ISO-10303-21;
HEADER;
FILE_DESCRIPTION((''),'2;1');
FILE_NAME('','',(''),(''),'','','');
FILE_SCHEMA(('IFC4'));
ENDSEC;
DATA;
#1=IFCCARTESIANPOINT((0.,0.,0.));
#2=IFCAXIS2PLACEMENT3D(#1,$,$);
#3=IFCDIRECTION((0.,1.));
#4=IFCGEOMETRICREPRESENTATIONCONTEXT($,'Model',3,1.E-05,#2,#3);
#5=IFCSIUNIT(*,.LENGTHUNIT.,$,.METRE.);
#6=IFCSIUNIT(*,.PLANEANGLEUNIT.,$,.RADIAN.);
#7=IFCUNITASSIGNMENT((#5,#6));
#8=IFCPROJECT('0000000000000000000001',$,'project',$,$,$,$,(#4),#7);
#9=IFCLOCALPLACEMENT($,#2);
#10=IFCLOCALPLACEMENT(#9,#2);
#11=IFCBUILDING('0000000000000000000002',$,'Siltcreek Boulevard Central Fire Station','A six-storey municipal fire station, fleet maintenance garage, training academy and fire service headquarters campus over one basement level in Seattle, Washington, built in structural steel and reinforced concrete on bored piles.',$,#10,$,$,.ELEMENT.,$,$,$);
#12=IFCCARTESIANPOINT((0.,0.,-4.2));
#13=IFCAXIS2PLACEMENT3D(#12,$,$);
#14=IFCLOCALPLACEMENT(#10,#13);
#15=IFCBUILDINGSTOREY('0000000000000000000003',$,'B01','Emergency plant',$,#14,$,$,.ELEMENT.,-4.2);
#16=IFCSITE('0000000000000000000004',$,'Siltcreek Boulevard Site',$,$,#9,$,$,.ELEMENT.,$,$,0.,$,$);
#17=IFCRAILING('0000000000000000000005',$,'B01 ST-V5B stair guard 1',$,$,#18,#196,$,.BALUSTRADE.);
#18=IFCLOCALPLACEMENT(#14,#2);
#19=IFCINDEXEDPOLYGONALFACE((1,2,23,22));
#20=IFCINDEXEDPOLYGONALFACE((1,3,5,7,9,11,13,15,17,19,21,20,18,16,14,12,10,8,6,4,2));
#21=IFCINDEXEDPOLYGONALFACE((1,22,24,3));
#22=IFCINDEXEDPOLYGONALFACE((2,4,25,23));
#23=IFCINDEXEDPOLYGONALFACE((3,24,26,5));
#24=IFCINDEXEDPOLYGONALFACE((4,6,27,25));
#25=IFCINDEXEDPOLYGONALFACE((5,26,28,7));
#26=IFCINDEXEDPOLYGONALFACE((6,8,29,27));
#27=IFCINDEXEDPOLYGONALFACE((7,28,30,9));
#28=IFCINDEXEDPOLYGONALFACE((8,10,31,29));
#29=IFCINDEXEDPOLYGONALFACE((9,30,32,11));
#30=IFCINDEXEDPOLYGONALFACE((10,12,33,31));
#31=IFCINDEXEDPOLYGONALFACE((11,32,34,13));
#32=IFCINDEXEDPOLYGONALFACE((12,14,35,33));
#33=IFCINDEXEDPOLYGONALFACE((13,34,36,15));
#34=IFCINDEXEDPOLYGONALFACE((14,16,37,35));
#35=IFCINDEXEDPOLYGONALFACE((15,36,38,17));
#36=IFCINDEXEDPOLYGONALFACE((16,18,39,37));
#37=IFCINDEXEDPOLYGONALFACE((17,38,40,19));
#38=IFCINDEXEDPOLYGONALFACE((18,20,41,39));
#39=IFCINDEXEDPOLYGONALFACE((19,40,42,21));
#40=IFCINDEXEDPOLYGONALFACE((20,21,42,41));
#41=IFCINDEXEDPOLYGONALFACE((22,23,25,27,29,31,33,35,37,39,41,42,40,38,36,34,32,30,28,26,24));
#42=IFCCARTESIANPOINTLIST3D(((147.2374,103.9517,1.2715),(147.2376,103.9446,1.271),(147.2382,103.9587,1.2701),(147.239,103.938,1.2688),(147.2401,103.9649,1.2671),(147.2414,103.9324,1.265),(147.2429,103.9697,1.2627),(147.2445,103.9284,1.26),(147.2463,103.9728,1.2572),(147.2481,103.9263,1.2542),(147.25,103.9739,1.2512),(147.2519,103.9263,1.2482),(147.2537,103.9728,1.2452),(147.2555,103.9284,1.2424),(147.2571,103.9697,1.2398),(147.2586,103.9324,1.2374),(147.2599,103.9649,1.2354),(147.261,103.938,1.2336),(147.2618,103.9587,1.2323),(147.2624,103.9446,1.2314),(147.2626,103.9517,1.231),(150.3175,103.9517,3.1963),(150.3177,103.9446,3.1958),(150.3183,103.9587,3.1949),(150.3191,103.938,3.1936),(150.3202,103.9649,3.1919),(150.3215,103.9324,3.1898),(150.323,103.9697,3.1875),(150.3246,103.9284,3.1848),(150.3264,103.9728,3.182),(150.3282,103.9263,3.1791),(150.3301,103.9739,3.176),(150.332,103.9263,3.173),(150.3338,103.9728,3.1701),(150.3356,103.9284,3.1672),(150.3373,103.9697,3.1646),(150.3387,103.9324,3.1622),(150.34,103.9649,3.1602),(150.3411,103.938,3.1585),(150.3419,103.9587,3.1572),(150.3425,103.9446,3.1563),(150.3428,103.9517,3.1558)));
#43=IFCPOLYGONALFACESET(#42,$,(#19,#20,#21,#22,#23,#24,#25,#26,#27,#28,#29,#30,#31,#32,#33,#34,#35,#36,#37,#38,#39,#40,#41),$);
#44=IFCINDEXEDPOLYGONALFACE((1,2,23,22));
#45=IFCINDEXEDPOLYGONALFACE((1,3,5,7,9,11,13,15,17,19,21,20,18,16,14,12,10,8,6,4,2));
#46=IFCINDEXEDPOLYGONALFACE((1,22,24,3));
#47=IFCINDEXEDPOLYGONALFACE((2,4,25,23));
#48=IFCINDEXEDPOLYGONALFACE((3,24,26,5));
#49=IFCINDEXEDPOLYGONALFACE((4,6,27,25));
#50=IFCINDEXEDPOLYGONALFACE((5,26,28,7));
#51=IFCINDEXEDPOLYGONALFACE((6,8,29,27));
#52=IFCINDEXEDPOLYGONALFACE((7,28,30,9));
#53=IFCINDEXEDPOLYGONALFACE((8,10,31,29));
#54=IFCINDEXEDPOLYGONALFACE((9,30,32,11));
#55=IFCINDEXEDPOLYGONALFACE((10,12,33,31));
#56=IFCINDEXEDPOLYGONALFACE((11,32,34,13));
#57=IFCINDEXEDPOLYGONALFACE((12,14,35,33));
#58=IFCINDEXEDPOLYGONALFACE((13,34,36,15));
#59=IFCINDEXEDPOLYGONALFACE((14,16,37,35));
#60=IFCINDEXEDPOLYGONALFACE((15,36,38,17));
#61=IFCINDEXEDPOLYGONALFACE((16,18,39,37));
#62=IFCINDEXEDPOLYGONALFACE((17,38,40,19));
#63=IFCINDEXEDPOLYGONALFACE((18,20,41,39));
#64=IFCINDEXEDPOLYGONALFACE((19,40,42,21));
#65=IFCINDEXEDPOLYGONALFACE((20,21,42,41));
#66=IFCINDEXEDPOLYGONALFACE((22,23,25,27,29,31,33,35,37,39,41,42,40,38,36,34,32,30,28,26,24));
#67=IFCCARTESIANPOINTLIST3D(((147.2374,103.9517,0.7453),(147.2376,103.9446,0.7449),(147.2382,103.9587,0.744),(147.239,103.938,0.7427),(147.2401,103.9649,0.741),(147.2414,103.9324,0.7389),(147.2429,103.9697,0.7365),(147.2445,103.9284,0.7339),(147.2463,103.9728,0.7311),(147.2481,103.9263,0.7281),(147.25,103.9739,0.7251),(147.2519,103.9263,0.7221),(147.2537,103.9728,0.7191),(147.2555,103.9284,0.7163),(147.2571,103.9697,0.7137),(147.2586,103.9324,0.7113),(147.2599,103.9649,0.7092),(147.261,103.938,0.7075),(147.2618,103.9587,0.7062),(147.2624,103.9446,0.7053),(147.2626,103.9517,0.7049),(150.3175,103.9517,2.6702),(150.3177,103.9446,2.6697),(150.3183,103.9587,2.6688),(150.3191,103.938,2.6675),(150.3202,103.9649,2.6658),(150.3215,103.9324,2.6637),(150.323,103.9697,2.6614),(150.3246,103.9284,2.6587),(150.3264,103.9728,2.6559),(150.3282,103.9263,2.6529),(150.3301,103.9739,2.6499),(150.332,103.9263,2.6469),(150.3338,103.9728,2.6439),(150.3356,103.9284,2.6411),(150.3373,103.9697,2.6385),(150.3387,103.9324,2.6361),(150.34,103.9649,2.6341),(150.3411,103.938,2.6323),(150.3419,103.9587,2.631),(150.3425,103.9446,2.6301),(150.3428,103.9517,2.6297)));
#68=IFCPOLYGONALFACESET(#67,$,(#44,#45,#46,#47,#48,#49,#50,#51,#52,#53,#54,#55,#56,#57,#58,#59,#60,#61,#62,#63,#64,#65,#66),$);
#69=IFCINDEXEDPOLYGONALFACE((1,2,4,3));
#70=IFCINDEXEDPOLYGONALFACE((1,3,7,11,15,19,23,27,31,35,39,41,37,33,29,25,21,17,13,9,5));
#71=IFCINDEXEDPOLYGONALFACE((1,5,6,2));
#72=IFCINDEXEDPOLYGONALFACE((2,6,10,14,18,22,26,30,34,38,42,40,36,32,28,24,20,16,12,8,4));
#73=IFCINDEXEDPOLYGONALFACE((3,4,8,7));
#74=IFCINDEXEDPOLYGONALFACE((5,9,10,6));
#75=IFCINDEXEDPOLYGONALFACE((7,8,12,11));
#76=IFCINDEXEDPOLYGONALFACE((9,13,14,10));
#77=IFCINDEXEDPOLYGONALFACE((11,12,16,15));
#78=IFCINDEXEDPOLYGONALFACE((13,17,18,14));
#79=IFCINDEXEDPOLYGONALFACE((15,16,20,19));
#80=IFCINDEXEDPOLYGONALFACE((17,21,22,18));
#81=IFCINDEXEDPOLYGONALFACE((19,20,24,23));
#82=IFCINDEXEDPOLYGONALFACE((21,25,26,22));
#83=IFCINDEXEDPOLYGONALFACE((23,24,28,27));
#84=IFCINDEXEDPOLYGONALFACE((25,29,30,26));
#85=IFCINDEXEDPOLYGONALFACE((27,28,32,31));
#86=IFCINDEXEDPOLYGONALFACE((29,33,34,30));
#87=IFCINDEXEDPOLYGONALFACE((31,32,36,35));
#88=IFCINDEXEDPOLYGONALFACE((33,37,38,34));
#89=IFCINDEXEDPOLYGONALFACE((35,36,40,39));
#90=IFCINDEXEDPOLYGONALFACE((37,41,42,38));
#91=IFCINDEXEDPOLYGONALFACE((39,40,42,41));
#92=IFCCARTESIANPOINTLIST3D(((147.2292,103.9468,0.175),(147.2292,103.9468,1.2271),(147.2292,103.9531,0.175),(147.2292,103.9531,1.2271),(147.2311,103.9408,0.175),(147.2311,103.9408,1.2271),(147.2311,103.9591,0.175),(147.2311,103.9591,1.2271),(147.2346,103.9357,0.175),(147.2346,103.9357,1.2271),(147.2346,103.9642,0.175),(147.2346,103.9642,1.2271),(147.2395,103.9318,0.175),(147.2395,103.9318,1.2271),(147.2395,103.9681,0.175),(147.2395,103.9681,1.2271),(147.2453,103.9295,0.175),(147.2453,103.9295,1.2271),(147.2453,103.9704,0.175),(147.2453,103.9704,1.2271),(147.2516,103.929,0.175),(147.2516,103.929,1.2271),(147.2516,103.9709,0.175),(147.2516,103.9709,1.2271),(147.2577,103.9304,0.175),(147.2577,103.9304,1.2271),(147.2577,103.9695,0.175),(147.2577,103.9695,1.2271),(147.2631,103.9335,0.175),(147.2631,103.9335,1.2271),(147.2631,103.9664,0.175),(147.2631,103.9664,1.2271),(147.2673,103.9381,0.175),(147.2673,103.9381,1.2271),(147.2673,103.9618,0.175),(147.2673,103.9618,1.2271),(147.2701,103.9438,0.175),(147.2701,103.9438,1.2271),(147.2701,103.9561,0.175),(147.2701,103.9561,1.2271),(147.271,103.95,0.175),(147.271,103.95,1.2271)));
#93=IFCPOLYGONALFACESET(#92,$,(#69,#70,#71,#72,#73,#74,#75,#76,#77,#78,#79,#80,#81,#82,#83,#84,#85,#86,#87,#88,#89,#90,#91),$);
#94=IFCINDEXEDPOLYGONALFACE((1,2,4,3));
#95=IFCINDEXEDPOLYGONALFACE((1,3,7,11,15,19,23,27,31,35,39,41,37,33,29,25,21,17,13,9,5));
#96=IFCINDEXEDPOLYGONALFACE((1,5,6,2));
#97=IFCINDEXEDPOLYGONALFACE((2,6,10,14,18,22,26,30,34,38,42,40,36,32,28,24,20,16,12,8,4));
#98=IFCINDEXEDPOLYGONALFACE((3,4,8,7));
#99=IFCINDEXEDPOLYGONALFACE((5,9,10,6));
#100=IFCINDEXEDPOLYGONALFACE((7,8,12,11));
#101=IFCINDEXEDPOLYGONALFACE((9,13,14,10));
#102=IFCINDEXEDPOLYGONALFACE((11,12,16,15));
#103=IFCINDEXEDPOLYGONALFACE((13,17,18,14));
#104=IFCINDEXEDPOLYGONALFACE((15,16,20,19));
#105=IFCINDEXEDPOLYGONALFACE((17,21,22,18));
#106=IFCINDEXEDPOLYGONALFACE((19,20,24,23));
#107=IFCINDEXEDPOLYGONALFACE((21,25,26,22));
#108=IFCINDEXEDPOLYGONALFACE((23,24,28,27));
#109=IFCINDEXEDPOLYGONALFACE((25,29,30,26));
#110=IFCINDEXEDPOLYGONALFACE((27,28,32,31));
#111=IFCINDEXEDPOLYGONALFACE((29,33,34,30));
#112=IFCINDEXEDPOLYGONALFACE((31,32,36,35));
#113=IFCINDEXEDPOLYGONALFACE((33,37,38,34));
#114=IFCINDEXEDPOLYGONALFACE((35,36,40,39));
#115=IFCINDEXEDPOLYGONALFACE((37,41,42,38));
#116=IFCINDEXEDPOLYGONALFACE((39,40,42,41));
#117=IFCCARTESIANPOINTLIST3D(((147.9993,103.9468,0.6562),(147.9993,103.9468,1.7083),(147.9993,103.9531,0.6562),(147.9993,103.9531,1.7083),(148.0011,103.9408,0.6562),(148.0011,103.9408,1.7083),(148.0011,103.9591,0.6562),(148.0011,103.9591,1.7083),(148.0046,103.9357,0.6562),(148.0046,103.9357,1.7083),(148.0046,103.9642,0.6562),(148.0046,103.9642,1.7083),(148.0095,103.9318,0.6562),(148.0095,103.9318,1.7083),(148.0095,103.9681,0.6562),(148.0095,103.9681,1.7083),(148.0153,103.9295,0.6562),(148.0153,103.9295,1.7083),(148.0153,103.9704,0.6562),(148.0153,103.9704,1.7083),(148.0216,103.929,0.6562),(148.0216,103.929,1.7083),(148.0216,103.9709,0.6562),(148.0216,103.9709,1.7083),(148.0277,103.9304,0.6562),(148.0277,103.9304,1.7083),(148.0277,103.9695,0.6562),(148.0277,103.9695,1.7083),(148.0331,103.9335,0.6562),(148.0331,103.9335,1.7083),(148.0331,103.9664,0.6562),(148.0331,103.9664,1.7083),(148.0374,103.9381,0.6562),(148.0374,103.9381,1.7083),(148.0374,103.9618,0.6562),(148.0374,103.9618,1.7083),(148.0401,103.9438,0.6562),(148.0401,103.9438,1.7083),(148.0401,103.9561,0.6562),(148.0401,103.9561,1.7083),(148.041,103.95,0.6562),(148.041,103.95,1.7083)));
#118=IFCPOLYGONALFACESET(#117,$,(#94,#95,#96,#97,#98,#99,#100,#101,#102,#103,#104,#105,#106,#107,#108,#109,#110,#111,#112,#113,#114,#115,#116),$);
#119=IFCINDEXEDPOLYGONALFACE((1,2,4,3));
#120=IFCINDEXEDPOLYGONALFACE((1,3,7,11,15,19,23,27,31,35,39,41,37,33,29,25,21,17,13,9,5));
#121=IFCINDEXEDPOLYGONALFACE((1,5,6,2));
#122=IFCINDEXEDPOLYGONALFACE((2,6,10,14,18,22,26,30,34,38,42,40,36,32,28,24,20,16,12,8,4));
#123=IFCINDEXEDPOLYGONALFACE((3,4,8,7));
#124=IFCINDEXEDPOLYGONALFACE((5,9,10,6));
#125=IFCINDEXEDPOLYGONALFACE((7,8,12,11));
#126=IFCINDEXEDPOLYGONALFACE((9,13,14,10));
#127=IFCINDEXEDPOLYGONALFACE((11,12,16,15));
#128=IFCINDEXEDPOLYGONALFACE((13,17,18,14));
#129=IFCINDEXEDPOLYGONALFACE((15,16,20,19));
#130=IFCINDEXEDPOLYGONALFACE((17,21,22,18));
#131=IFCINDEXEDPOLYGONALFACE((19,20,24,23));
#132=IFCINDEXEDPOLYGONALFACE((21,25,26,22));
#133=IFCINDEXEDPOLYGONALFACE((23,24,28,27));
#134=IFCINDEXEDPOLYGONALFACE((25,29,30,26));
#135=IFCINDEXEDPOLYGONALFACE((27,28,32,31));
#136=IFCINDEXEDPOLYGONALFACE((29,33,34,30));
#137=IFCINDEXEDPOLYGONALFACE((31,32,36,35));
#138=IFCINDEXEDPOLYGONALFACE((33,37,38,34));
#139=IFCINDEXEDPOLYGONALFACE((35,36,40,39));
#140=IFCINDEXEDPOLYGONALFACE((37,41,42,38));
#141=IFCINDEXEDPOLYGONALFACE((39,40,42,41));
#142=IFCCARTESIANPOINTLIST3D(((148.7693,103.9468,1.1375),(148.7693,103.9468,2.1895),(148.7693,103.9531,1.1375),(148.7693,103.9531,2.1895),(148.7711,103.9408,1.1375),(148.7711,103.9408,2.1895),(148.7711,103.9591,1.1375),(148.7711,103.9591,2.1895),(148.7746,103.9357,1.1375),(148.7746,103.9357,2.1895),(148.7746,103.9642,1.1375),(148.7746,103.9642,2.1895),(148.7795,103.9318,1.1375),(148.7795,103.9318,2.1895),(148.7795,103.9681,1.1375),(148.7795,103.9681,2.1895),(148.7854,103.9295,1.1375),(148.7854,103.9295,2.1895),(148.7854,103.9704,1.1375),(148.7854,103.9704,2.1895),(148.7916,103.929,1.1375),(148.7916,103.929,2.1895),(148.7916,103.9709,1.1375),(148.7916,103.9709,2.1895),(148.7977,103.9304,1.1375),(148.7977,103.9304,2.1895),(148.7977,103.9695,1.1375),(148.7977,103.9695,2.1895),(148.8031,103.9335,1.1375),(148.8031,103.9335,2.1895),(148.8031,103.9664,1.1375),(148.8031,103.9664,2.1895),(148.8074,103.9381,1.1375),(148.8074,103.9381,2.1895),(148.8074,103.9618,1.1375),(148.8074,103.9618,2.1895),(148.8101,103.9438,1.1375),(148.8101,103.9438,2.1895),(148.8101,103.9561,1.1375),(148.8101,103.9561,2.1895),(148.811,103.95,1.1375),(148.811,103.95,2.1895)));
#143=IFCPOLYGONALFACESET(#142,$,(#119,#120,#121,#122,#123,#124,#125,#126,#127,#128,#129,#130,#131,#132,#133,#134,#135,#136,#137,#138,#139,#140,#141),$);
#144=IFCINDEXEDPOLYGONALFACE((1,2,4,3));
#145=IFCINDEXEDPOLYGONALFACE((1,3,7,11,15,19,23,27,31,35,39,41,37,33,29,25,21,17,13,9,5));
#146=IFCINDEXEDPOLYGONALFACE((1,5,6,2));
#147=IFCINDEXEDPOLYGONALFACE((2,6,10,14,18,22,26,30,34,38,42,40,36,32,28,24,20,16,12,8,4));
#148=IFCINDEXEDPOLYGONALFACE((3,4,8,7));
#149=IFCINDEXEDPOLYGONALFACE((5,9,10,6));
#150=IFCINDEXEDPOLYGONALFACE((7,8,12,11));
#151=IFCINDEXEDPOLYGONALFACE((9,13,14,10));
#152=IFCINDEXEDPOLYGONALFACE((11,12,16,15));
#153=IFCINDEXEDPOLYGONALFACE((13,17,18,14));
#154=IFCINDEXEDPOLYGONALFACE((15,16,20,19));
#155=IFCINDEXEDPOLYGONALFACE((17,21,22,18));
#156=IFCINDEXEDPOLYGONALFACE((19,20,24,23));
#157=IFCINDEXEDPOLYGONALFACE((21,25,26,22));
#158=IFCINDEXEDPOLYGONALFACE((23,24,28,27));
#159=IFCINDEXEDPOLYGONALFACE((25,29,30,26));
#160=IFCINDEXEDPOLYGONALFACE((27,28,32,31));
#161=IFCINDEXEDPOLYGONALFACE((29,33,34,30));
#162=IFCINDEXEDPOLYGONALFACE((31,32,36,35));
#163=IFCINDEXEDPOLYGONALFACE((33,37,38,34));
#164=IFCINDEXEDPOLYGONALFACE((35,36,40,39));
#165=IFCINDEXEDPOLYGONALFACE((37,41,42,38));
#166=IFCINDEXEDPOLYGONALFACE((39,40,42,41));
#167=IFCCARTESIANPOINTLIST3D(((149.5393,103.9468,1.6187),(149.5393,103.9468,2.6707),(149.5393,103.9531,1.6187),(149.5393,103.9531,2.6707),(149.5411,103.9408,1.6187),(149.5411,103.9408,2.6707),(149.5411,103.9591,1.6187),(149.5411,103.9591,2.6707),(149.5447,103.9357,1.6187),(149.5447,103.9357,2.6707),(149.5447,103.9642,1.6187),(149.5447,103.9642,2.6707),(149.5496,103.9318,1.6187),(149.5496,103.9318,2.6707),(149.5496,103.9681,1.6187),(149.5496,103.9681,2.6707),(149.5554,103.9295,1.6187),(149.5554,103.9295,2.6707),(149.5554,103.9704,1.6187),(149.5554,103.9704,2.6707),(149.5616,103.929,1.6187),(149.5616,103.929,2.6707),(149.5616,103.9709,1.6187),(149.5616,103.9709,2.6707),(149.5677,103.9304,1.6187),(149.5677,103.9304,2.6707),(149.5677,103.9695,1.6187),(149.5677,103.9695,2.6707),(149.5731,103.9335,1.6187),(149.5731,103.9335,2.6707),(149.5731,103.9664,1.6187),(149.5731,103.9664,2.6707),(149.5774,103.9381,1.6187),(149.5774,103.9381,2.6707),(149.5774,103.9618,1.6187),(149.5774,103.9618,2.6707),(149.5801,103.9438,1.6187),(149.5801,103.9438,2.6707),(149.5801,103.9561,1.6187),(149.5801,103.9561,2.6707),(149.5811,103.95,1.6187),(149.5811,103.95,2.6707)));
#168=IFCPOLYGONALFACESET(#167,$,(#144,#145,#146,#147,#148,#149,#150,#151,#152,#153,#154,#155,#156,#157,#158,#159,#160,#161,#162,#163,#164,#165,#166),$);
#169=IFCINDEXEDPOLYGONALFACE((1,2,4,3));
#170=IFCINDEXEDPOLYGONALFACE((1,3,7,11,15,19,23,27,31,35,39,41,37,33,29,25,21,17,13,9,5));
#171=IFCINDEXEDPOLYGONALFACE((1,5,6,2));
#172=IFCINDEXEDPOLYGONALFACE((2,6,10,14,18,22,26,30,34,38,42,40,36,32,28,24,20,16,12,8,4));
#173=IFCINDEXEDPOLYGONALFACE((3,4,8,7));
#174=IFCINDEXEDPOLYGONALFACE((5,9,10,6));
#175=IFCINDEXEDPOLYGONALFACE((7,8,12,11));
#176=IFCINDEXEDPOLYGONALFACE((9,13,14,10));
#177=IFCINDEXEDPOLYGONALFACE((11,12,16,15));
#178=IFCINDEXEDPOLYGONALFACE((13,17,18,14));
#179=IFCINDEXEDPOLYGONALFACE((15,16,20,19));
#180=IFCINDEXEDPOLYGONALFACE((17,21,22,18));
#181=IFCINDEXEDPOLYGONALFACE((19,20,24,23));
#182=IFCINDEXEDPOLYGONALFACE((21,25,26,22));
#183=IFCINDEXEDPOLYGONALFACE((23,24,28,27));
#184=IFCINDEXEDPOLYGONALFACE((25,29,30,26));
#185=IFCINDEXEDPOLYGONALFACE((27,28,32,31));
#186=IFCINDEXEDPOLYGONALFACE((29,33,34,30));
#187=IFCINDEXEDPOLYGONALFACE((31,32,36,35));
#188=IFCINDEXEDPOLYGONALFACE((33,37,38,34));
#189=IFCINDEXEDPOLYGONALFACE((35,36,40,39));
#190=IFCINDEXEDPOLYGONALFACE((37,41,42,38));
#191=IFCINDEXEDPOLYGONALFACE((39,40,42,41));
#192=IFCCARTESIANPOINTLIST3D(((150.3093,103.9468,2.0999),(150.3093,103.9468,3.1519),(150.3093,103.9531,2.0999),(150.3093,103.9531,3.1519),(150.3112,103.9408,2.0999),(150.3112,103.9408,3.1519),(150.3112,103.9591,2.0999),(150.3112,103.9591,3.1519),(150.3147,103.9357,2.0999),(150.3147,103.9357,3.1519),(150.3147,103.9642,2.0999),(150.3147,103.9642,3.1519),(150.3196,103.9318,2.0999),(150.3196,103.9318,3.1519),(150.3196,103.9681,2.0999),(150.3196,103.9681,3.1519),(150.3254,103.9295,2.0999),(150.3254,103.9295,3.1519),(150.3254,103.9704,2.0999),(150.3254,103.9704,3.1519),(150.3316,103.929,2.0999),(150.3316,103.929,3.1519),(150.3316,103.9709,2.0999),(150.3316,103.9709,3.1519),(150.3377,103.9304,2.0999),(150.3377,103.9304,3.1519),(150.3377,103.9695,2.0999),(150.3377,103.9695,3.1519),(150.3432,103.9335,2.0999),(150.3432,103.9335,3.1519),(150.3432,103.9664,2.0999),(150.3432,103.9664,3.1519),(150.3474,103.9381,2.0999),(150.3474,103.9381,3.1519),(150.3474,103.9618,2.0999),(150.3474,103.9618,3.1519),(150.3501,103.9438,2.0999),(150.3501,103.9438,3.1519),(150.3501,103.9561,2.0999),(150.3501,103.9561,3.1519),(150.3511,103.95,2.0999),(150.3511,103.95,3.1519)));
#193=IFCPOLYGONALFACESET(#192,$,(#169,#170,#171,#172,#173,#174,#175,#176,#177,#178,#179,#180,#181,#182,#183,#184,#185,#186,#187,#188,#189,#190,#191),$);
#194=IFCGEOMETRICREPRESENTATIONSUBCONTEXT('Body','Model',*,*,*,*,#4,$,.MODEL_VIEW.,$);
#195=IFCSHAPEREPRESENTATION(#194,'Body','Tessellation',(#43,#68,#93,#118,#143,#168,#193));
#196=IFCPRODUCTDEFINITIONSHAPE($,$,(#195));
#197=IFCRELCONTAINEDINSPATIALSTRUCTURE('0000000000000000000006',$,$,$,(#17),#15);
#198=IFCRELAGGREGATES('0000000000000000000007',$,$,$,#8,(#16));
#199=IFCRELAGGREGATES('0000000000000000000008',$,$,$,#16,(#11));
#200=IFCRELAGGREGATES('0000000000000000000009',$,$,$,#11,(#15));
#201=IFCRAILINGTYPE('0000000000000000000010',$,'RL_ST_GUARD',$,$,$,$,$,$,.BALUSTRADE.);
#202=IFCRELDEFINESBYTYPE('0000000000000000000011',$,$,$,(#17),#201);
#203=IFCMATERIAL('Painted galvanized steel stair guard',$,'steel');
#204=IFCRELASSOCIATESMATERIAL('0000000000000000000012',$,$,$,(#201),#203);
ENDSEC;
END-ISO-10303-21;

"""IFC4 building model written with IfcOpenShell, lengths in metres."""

from ifc_helpers import new_model, si_unit, direction, frame, origin, origin_2d, place, context, subcontext, project, spatial, circle, extrude, material, type_object, element, save


model = new_model("IFC4")

# Units and contexts
model_context = context("Model", 3, precision=1e-05, world=origin(), true_north=direction((0.0, 1.0)))
body_context = subcontext(model_context, "Body", "Model", "MODEL_VIEW")
ifc_project = project(units=[si_unit("LENGTHUNIT", "METRE"), si_unit("PLANEANGLEUNIT", "RADIAN")], contexts=[model_context])

# Site, building, storey
site_placement = place(None, origin())
site = spatial("IfcSite", under=ifc_project, at=site_placement, Name="Siltcreek Boulevard Site", CompositionType="ELEMENT", RefElevation=0.0)
building_placement = place(site_placement, origin())
building = spatial("IfcBuilding", under=site, at=building_placement, Name="Siltcreek Boulevard Central Fire Station", Description="A six-storey municipal fire station, fleet maintenance garage, training academy and fire service headquarters campus over one basement level in Seattle, Washington, built in structural steel and reinforced concrete on bored piles.", CompositionType="ELEMENT")
storey_placement = place(building_placement, frame((0.0, 0.0, -4.2)))
storey = spatial("IfcBuildingStorey", under=building, at=storey_placement, Name="B01", Description="Emergency plant", CompositionType="ELEMENT", Elevation=-4.2)

# Railing
ifc_material_1 = material(Name="Painted galvanized steel stair guard", Category="steel")
railing_type = type_object("IfcRailingType", Name="RL_ST_GUARD", PredefinedType="BALUSTRADE", material=ifc_material_1)
railing_1_placement = place(storey_placement, frame((147.25, 103.95, 0.175)))
element("IfcRailing", 1, at=railing_1_placement, inside=storey, type_object=railing_type, Name="B01 ST-V5B stair guard 1", PredefinedType="BALUSTRADE", context=body_context, shape_type="SweptSolid", body=[
    extrude(circle(Radius=0.0239, at=origin_2d()), frame((0.0, 0.0, 1.0762), z_axis=(0.848029, 0.0, 0.529951), x_axis=(0.0, 1.0, 0.0)), (0.0, 0.0, 1.0), 3.6321),
    extrude(circle(Radius=0.0239, at=origin_2d()), frame((0.0, 0.0, 0.55), z_axis=(0.848029, 0.0, 0.529951), x_axis=(0.0, 1.0, 0.0)), (0.0, 0.0, 1.0), 3.6321),
    extrude(circle(Radius=0.021, at=origin_2d()), origin(), (0.0, 0.0, 1.0), 1.052),
    extrude(circle(Radius=0.021, at=origin_2d()), frame((0.77, 0.0, 0.4812)), (0.0, 0.0, 1.0), 1.052),
    extrude(circle(Radius=0.021, at=origin_2d()), frame((1.54, 0.0, 0.9624)), (0.0, 0.0, 1.0), 1.052),
    extrude(circle(Radius=0.021, at=origin_2d()), frame((2.3101, 0.0, 1.4436)), (0.0, 0.0, 1.0), 1.052),
    extrude(circle(Radius=0.021, at=origin_2d()), frame((3.0801, 0.0, 1.9248)), (0.0, 0.0, 1.0), 1.052),
])

save(model, "model.ifc")
